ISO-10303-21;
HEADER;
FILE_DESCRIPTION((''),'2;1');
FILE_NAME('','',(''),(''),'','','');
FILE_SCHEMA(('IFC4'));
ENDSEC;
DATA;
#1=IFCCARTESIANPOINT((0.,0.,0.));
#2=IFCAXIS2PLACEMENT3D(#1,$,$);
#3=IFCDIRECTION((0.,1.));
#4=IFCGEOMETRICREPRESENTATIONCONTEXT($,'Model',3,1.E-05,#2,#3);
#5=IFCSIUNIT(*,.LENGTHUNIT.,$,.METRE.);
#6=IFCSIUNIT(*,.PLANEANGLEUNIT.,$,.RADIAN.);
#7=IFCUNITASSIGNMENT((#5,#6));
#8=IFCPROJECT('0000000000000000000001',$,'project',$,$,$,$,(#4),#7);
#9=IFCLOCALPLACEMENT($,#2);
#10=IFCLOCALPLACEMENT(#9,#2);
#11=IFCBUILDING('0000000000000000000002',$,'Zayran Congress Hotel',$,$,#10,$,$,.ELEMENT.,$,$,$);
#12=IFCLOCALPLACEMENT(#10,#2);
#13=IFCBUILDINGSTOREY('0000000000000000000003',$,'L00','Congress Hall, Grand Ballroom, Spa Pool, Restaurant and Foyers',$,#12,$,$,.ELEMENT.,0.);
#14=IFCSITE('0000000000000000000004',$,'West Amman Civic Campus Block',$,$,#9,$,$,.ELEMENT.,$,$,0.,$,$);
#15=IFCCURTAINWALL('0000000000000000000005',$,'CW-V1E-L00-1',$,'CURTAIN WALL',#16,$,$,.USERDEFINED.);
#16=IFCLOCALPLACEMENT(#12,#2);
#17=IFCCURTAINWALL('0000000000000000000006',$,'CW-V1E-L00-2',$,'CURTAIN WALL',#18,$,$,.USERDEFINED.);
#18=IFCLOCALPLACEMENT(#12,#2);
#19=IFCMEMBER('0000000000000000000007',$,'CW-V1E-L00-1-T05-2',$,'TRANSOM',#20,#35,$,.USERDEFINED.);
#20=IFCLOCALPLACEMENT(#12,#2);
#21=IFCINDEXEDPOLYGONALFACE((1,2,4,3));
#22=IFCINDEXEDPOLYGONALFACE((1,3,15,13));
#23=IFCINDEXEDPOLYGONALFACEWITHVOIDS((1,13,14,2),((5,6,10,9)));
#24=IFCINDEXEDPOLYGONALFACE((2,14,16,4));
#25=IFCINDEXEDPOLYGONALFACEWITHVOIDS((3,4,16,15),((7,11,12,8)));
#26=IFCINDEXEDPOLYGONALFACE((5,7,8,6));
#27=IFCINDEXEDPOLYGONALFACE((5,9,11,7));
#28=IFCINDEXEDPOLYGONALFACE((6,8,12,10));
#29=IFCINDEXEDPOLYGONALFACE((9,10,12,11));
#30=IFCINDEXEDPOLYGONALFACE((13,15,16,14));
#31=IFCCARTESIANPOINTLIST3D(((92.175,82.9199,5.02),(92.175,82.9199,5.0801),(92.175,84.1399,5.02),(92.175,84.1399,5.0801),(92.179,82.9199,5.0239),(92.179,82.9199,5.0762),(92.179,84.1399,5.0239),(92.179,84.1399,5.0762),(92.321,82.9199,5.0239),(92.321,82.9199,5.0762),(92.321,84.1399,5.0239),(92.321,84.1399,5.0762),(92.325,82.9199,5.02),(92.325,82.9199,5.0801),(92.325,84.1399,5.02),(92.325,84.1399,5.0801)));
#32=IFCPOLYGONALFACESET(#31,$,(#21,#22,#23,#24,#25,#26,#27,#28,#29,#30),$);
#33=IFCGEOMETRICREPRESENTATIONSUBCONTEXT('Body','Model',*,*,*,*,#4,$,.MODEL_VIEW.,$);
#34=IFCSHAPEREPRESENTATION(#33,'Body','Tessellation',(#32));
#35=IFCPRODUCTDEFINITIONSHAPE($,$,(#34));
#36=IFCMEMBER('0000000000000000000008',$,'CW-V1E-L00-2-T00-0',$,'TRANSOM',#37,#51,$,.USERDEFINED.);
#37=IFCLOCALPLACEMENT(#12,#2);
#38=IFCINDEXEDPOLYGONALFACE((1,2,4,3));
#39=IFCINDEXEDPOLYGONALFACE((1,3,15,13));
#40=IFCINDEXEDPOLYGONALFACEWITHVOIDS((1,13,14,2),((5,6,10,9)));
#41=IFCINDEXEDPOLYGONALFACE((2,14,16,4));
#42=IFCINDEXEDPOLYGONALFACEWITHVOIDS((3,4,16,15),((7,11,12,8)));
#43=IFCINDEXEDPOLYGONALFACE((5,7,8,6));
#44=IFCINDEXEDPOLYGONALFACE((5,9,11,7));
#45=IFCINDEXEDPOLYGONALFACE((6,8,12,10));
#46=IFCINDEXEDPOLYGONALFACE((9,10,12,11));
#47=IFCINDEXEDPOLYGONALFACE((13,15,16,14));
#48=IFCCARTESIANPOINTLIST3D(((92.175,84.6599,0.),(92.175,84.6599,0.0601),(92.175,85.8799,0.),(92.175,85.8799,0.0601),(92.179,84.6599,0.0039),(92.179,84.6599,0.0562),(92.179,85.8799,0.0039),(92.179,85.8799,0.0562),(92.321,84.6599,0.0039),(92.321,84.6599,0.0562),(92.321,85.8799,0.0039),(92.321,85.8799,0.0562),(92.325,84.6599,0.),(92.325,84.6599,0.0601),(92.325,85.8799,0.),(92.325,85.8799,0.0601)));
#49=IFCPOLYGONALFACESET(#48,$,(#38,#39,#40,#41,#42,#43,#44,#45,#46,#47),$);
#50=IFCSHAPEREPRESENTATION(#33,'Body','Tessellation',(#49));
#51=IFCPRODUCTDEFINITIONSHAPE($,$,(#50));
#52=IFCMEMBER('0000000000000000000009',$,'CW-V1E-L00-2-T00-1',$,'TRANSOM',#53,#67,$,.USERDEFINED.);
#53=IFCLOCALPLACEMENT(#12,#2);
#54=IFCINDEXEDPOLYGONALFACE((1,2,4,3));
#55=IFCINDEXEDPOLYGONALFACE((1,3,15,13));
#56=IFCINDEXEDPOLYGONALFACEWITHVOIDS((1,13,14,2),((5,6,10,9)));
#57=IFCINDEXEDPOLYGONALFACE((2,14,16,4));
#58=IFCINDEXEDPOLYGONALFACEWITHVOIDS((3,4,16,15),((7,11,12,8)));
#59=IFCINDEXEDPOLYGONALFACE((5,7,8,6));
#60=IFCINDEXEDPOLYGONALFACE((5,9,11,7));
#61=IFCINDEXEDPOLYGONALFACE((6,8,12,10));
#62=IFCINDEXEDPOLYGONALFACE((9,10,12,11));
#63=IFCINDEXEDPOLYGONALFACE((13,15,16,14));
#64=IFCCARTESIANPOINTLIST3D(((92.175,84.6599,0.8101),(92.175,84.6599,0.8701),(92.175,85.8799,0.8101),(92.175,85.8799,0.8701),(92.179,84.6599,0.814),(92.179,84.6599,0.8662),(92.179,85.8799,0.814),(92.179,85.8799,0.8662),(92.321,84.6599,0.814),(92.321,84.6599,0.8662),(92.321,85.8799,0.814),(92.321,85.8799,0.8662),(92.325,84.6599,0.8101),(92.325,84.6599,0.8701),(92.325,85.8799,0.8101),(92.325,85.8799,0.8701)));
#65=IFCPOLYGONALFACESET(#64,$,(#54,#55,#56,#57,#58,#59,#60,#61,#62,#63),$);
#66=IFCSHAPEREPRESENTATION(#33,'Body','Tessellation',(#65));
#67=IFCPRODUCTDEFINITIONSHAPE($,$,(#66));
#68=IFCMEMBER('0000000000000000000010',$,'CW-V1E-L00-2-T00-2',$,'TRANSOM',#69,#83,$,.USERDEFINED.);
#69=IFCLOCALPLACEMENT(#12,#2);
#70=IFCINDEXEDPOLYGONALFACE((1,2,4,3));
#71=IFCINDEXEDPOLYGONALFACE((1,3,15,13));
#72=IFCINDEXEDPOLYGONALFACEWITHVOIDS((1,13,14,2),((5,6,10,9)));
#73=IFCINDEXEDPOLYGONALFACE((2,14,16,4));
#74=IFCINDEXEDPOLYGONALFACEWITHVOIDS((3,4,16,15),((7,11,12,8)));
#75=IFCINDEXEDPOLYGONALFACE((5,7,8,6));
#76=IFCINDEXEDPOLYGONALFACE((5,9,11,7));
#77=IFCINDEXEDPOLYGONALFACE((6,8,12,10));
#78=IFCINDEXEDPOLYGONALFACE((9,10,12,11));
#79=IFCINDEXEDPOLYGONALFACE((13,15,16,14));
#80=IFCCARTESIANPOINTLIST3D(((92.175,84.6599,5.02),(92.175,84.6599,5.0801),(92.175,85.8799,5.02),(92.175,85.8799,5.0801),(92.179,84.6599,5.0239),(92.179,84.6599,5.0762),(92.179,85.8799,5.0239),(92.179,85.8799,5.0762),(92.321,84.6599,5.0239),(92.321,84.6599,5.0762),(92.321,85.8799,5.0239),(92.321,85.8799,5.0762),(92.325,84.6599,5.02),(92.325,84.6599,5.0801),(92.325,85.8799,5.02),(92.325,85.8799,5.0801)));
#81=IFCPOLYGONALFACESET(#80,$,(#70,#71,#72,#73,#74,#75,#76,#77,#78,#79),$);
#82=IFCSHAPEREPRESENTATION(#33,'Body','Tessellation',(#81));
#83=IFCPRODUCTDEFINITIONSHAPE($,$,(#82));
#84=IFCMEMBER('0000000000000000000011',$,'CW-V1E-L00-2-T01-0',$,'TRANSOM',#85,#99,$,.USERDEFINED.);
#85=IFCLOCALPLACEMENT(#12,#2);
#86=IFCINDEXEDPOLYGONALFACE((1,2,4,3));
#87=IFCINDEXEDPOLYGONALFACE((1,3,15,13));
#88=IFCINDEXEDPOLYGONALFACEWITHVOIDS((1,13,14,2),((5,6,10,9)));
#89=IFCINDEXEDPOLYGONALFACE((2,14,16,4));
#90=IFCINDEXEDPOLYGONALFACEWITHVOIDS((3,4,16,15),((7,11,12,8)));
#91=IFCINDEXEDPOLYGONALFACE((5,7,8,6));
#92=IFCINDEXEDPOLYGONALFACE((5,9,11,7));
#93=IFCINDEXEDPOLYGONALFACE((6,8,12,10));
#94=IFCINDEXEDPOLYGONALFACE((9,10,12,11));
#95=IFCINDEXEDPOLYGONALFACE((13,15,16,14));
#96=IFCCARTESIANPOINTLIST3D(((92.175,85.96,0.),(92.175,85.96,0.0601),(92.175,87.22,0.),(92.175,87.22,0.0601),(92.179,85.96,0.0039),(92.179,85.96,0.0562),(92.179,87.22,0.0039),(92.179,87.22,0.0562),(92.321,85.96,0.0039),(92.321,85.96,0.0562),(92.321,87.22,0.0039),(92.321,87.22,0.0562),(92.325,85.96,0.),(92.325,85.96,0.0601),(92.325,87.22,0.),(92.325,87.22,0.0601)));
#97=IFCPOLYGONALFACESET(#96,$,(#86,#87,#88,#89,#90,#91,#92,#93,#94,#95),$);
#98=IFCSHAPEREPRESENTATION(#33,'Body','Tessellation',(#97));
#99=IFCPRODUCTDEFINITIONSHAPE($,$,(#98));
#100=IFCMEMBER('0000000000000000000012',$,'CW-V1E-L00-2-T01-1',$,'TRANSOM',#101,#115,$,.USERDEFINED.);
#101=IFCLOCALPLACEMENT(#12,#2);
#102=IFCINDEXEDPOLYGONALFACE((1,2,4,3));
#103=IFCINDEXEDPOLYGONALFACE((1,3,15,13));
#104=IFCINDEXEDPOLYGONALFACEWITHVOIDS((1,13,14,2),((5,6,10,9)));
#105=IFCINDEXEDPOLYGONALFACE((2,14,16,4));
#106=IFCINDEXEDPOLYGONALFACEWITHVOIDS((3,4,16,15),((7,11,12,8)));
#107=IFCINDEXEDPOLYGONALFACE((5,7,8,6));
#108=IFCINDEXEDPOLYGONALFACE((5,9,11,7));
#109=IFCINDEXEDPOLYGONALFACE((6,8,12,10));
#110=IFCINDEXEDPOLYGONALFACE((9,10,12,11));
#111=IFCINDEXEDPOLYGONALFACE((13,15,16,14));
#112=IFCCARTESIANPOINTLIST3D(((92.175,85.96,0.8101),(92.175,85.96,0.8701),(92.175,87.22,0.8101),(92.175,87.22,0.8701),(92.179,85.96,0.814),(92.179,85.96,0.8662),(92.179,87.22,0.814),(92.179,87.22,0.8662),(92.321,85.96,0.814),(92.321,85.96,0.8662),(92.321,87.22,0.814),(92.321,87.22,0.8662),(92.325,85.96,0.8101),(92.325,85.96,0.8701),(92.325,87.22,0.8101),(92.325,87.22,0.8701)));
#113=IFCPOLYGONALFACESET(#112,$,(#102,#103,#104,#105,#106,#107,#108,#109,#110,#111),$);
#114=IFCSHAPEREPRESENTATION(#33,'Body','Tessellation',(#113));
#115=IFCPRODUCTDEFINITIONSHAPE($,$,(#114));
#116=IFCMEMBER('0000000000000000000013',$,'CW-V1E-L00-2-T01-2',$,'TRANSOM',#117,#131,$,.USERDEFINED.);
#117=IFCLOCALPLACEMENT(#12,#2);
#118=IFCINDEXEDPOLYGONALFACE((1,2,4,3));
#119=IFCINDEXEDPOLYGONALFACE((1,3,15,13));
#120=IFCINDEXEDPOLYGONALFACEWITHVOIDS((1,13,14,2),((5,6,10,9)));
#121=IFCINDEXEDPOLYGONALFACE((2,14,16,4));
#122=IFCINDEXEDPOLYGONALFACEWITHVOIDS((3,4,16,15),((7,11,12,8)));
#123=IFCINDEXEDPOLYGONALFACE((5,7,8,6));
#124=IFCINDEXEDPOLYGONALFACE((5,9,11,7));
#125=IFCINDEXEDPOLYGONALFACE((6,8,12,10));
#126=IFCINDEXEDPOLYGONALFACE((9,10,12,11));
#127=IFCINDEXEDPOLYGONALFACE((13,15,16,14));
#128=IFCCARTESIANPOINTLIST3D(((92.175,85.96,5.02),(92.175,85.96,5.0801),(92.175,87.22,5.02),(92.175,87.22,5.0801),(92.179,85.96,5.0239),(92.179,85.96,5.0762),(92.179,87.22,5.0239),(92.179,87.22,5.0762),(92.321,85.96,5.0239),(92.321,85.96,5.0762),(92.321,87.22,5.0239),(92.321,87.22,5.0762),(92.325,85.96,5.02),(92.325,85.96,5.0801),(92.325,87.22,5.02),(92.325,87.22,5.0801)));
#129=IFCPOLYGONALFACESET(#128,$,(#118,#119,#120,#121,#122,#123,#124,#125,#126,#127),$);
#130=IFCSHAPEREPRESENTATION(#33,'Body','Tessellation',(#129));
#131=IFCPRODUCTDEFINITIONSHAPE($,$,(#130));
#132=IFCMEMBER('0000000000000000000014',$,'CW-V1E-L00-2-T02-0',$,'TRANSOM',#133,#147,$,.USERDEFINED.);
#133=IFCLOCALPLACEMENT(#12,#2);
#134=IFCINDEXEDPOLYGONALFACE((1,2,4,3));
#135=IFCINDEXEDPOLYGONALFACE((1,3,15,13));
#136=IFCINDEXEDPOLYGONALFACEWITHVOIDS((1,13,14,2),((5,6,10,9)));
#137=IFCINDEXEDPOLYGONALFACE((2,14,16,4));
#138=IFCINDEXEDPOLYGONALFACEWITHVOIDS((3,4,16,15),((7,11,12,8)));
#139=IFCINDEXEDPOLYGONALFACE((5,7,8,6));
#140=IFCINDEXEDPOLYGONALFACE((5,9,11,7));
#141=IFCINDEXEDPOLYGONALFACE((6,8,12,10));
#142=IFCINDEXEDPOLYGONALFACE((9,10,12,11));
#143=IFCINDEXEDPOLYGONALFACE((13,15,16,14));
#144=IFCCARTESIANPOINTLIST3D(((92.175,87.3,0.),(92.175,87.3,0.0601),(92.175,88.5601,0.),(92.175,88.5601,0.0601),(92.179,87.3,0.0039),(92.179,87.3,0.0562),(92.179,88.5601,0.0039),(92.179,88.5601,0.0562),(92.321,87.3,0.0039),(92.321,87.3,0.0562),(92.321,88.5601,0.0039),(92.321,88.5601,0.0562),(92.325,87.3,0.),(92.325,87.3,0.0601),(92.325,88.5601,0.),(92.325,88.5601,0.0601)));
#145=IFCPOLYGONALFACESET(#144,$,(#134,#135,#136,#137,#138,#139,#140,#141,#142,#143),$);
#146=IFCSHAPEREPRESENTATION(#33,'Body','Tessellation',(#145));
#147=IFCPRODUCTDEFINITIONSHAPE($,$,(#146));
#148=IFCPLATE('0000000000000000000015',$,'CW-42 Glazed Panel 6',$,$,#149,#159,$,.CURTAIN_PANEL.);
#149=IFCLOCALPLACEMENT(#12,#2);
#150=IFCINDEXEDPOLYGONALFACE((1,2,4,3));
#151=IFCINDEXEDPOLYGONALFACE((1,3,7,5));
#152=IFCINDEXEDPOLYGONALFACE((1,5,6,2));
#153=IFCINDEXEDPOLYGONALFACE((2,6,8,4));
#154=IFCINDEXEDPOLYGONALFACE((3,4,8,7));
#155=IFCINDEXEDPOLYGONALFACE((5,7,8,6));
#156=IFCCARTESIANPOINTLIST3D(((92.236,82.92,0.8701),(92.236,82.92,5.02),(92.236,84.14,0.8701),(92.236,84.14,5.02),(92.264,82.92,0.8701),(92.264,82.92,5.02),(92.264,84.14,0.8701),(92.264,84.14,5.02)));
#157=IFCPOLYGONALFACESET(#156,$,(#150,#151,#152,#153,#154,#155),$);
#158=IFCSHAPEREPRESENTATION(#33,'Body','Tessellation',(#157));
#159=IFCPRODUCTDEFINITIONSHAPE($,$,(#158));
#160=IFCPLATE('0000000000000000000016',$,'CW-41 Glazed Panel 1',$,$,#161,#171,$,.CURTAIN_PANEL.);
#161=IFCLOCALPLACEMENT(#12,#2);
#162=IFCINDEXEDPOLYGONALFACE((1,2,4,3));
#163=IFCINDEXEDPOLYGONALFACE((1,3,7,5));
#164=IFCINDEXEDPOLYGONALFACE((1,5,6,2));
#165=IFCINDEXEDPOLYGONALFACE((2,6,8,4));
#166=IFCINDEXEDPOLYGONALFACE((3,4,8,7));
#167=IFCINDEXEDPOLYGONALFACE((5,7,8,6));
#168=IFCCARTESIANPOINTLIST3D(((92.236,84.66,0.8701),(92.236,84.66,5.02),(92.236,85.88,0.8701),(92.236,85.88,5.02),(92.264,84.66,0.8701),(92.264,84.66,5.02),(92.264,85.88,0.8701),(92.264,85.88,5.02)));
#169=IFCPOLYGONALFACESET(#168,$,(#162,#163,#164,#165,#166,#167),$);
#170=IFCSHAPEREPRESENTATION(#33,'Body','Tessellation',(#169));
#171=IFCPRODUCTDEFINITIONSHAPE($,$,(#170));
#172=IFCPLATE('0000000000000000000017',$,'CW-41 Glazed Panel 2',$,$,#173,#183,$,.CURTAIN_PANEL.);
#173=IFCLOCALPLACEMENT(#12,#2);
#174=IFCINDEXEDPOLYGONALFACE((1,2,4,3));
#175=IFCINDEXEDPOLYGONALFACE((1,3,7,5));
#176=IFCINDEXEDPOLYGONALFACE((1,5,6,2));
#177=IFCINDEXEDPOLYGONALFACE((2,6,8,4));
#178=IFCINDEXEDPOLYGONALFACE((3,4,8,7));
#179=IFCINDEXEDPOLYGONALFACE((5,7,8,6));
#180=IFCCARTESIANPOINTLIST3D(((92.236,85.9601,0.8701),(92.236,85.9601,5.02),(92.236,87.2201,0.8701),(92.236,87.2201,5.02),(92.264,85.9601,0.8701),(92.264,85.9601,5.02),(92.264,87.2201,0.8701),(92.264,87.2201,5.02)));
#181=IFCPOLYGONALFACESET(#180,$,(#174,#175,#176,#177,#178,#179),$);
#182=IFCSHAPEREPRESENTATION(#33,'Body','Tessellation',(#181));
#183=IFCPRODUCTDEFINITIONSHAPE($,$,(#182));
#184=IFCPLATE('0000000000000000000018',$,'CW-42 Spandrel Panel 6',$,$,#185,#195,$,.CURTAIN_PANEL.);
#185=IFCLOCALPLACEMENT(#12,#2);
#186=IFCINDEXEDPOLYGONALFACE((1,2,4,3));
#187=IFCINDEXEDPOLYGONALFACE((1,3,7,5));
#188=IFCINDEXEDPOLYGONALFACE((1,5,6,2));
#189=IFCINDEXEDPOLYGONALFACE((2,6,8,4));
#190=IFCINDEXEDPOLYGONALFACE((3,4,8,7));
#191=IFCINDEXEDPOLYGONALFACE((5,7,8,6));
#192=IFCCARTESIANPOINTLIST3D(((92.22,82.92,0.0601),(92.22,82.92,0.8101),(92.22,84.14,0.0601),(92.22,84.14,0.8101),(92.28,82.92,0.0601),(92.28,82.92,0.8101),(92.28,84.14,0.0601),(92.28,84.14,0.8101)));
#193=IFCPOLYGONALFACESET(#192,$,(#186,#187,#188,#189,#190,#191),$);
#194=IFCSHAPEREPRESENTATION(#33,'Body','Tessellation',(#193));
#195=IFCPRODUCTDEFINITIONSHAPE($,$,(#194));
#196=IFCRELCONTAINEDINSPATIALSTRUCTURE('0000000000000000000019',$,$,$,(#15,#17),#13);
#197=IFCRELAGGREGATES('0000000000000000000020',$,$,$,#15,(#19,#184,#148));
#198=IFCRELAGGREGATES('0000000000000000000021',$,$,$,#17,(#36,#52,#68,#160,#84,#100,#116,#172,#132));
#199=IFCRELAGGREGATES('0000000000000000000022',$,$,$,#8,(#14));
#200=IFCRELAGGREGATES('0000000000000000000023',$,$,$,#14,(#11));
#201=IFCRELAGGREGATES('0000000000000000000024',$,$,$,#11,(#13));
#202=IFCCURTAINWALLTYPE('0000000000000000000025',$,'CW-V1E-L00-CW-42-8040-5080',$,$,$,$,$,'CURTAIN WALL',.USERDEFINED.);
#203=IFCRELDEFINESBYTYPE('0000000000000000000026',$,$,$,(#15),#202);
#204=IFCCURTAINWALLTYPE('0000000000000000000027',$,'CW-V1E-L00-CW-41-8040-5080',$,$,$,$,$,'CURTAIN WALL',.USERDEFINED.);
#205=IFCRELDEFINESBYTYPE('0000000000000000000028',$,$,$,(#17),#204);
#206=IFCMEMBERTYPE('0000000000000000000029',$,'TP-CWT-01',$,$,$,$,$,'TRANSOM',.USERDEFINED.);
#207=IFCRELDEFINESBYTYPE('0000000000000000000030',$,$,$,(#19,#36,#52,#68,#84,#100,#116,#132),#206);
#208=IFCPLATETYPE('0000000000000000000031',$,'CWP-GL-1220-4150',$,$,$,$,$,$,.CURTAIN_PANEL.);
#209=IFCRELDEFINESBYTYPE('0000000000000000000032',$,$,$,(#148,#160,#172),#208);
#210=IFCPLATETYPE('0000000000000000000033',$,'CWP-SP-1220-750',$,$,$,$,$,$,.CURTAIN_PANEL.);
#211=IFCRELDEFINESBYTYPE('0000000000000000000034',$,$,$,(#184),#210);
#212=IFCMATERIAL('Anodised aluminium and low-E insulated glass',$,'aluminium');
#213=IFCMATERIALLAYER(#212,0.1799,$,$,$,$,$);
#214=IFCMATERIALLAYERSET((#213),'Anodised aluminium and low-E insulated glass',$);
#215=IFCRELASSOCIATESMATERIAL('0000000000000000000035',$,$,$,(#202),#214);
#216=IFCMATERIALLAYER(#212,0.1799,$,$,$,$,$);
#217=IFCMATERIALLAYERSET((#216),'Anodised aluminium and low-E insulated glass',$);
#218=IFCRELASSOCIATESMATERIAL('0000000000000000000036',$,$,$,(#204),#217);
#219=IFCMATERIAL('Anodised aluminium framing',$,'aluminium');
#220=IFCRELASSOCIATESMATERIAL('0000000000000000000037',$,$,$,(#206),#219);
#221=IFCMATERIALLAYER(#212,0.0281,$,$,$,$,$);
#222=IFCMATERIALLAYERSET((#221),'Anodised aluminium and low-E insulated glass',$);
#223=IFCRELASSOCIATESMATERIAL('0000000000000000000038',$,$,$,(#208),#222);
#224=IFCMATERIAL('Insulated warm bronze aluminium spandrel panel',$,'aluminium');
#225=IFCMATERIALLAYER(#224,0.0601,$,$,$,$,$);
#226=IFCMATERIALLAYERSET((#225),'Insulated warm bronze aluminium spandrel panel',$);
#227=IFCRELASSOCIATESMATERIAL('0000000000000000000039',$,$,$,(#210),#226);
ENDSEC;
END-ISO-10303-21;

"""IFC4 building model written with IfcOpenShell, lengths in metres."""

from ifc_helpers import new_model, si_unit, direction, frame, origin, origin_2d, place, context, subcontext, project, spatial, rectangle, hollow_rectangle, extrude, material, layer, layer_set, material_profile, profile_set, type_object, element, aggregate, save


model = new_model("IFC4")

# Units and contexts
model_context = context("Model", 3, precision=1e-05, world=origin(), true_north=direction((0.0, 1.0)))
body_context = subcontext(model_context, "Body", "Model", "MODEL_VIEW")
ifc_project = project(units=[si_unit("LENGTHUNIT", "METRE"), si_unit("PLANEANGLEUNIT", "RADIAN")], contexts=[model_context])

# Site, building, storey
site_placement = place(None, origin())
site = spatial("IfcSite", under=ifc_project, at=site_placement, Name="West Amman Civic Campus Block", CompositionType="ELEMENT", RefElevation=0.0)
building_placement = place(site_placement, origin())
building = spatial("IfcBuilding", under=site, at=building_placement, Name="Zayran Congress Hotel", CompositionType="ELEMENT")
storey_placement = place(building_placement, origin())
storey = spatial("IfcBuildingStorey", under=building, at=storey_placement, Name="L00", Description="Congress Hall, Grand Ballroom, Spa Pool, Restaurant and Foyers", CompositionType="ELEMENT", Elevation=0.0)

# Curtain walls
ifc_material_1 = material(Name="Anodised aluminium and low-E insulated glass", Category="aluminium")
ifc_layer_1 = layer(ifc_material_1, 0.1799)
ifc_layer_set_1 = layer_set([ifc_layer_1], Name="Anodised aluminium and low-E insulated glass")
curtain_wall_type_1 = type_object("IfcCurtainWallType", Name="CW-V1E-L00-CW-42-8040-5080", ElementType="CURTAIN WALL", PredefinedType="USERDEFINED", material=ifc_layer_set_1)
curtain_wall_1_placement = place(storey_placement, origin())
curtain_wall_1 = element("IfcCurtainWall", 1, at=curtain_wall_1_placement, inside=storey, type_object=curtain_wall_type_1, Name="CW-V1E-L00-1", ObjectType="CURTAIN WALL", PredefinedType="USERDEFINED")
ifc_material_2 = material(Name="Anodised aluminium framing", Category="aluminium")
ifc_layer_2 = layer(ifc_material_1, 0.1799)
ifc_layer_set_2 = layer_set([ifc_layer_2], Name="Anodised aluminium and low-E insulated glass")
curtain_wall_type_2 = type_object("IfcCurtainWallType", Name="CW-V1E-L00-CW-41-8040-5080", ElementType="CURTAIN WALL", PredefinedType="USERDEFINED", material=ifc_layer_set_2)
curtain_wall_2_placement = place(storey_placement, origin())
curtain_wall_2 = element("IfcCurtainWall", 2, at=curtain_wall_2_placement, inside=storey, type_object=curtain_wall_type_2, Name="CW-V1E-L00-2", ObjectType="CURTAIN WALL", PredefinedType="USERDEFINED")

# Members
ifc_material_profile_1 = material_profile(ifc_material_2, hollow_rectangle(XDim=0.0601, YDim=0.1499, WallThickness=0.0039, at=origin_2d()), Name="RHS 150x60x4")
ifc_profile_set_1 = profile_set([ifc_material_profile_1], Name="Anodised aluminium framing")
member_type_1 = type_object("IfcMemberType", Name="TP-CWT-01", ElementType="TRANSOM", PredefinedType="USERDEFINED", material=ifc_profile_set_1)
member_1_placement = place(storey_placement, frame((92.25, 82.9199, 5.05), z_axis=(0.0, 1.0, 0.0), x_axis=(0.0, 0.0, 1.0)))
member_1 = element("IfcMember", 3, at=member_1_placement, type_object=member_type_1, Name="CW-V1E-L00-1-T05-2", ObjectType="TRANSOM", PredefinedType="USERDEFINED", context=body_context, shape_type="SweptSolid", body=[
    extrude(hollow_rectangle(XDim=0.0601, YDim=0.1499, WallThickness=0.0039, at=origin_2d()), origin(), (0.0, 0.0, 1.0), 1.22),
])
member_2_placement = place(storey_placement, frame((92.25, 84.6599, 0.03), z_axis=(0.0, 1.0, 0.0), x_axis=(0.0, 0.0, 1.0)))
member_2 = element("IfcMember", 4, at=member_2_placement, type_object=member_type_1, Name="CW-V1E-L00-2-T00-0", ObjectType="TRANSOM", PredefinedType="USERDEFINED", context=body_context, shape_type="SweptSolid", body=[
    extrude(hollow_rectangle(XDim=0.0601, YDim=0.1499, WallThickness=0.0039, at=origin_2d()), origin(), (0.0, 0.0, 1.0), 1.22),
])
member_3_placement = place(storey_placement, frame((92.25, 84.6599, 0.8401), z_axis=(0.0, 1.0, 0.0), x_axis=(0.0, 0.0, 1.0)))
member_3 = element("IfcMember", 5, at=member_3_placement, type_object=member_type_1, Name="CW-V1E-L00-2-T00-1", ObjectType="TRANSOM", PredefinedType="USERDEFINED", context=body_context, shape_type="SweptSolid", body=[
    extrude(hollow_rectangle(XDim=0.0601, YDim=0.1499, WallThickness=0.0039, at=origin_2d()), origin(), (0.0, 0.0, 1.0), 1.22),
])
member_4_placement = place(storey_placement, frame((92.25, 84.6599, 5.05), z_axis=(0.0, 1.0, 0.0), x_axis=(0.0, 0.0, 1.0)))
member_4 = element("IfcMember", 6, at=member_4_placement, type_object=member_type_1, Name="CW-V1E-L00-2-T00-2", ObjectType="TRANSOM", PredefinedType="USERDEFINED", context=body_context, shape_type="SweptSolid", body=[
    extrude(hollow_rectangle(XDim=0.0601, YDim=0.1499, WallThickness=0.0039, at=origin_2d()), origin(), (0.0, 0.0, 1.0), 1.22),
])
member_5_placement = place(storey_placement, frame((92.25, 85.96, 0.03), z_axis=(0.0, 1.0, 0.0), x_axis=(0.0, 0.0, 1.0)))
member_5 = element("IfcMember", 7, at=member_5_placement, type_object=member_type_1, Name="CW-V1E-L00-2-T01-0", ObjectType="TRANSOM", PredefinedType="USERDEFINED", context=body_context, shape_type="SweptSolid", body=[
    extrude(hollow_rectangle(XDim=0.0601, YDim=0.1499, WallThickness=0.0039, at=origin_2d()), origin(), (0.0, 0.0, 1.0), 1.26),
])
member_6_placement = place(storey_placement, frame((92.25, 85.96, 0.8401), z_axis=(0.0, 1.0, 0.0), x_axis=(0.0, 0.0, 1.0)))
member_6 = element("IfcMember", 8, at=member_6_placement, type_object=member_type_1, Name="CW-V1E-L00-2-T01-1", ObjectType="TRANSOM", PredefinedType="USERDEFINED", context=body_context, shape_type="SweptSolid", body=[
    extrude(hollow_rectangle(XDim=0.0601, YDim=0.1499, WallThickness=0.0039, at=origin_2d()), origin(), (0.0, 0.0, 1.0), 1.26),
])
member_7_placement = place(storey_placement, frame((92.25, 85.96, 5.05), z_axis=(0.0, 1.0, 0.0), x_axis=(0.0, 0.0, 1.0)))
member_7 = element("IfcMember", 9, at=member_7_placement, type_object=member_type_1, Name="CW-V1E-L00-2-T01-2", ObjectType="TRANSOM", PredefinedType="USERDEFINED", context=body_context, shape_type="SweptSolid", body=[
    extrude(hollow_rectangle(XDim=0.0601, YDim=0.1499, WallThickness=0.0039, at=origin_2d()), origin(), (0.0, 0.0, 1.0), 1.26),
])
member_8_placement = place(storey_placement, frame((92.25, 87.3, 0.03), z_axis=(0.0, 1.0, 0.0), x_axis=(0.0, 0.0, 1.0)))
member_8 = element("IfcMember", 10, at=member_8_placement, type_object=member_type_1, Name="CW-V1E-L00-2-T02-0", ObjectType="TRANSOM", PredefinedType="USERDEFINED", context=body_context, shape_type="SweptSolid", body=[
    extrude(hollow_rectangle(XDim=0.0601, YDim=0.1499, WallThickness=0.0039, at=origin_2d()), origin(), (0.0, 0.0, 1.0), 1.26),
])

# Plates
ifc_layer_3 = layer(ifc_material_1, 0.0281)
ifc_layer_set_3 = layer_set([ifc_layer_3], Name="Anodised aluminium and low-E insulated glass")
plate_type_1 = type_object("IfcPlateType", Name="CWP-GL-1220-4150", PredefinedType="CURTAIN_PANEL", material=ifc_layer_set_3)
plate_1_placement = place(storey_placement, frame((92.25, 83.53, 0.8701), z_axis=(0.0, 0.0, 1.0), x_axis=(0.0, 1.0, 0.0)))
plate_1 = element("IfcPlate", 11, at=plate_1_placement, type_object=plate_type_1, Name="CW-42 Glazed Panel 6", PredefinedType="CURTAIN_PANEL", context=body_context, shape_type="SweptSolid", body=[
    extrude(rectangle(XDim=1.22, YDim=0.0281, at=origin_2d()), origin(), (0.0, 0.0, 1.0), 4.1499),
])
plate_2_placement = place(storey_placement, frame((92.25, 85.27, 0.8701), z_axis=(0.0, 0.0, 1.0), x_axis=(0.0, 1.0, 0.0)))
plate_2 = element("IfcPlate", 12, at=plate_2_placement, type_object=plate_type_1, Name="CW-41 Glazed Panel 1", PredefinedType="CURTAIN_PANEL", context=body_context, shape_type="SweptSolid", body=[
    extrude(rectangle(XDim=1.22, YDim=0.0281, at=origin_2d()), origin(), (0.0, 0.0, 1.0), 4.1499),
])
plate_3_placement = place(storey_placement, frame((92.25, 86.5901, 0.8701), z_axis=(0.0, 0.0, 1.0), x_axis=(0.0, 1.0, 0.0)))
plate_3 = element("IfcPlate", 13, at=plate_3_placement, type_object=plate_type_1, Name="CW-41 Glazed Panel 2", PredefinedType="CURTAIN_PANEL", context=body_context, shape_type="SweptSolid", body=[
    extrude(rectangle(XDim=1.26, YDim=0.0281, at=origin_2d()), origin(), (0.0, 0.0, 1.0), 4.1499),
])
ifc_material_3 = material(Name="Insulated warm bronze aluminium spandrel panel", Category="aluminium")
ifc_layer_4 = layer(ifc_material_3, 0.0601)
ifc_layer_set_4 = layer_set([ifc_layer_4], Name="Insulated warm bronze aluminium spandrel panel")
plate_type_2 = type_object("IfcPlateType", Name="CWP-SP-1220-750", PredefinedType="CURTAIN_PANEL", material=ifc_layer_set_4)
plate_4_placement = place(storey_placement, frame((92.25, 83.53, 0.0601), z_axis=(0.0, 0.0, 1.0), x_axis=(0.0, 1.0, 0.0)))
plate_4 = element("IfcPlate", 14, at=plate_4_placement, type_object=plate_type_2, Name="CW-42 Spandrel Panel 6", PredefinedType="CURTAIN_PANEL", context=body_context, shape_type="SweptSolid", body=[
    extrude(rectangle(XDim=1.22, YDim=0.0601, at=origin_2d()), origin(), (0.0, 0.0, 1.0), 0.75),
])
aggregate(curtain_wall_1, [member_1, plate_4, plate_1])
aggregate(curtain_wall_2, [member_2, member_3, member_4, plate_2, member_5, member_6, member_7, plate_3, member_8])

save(model, "model.ifc")
